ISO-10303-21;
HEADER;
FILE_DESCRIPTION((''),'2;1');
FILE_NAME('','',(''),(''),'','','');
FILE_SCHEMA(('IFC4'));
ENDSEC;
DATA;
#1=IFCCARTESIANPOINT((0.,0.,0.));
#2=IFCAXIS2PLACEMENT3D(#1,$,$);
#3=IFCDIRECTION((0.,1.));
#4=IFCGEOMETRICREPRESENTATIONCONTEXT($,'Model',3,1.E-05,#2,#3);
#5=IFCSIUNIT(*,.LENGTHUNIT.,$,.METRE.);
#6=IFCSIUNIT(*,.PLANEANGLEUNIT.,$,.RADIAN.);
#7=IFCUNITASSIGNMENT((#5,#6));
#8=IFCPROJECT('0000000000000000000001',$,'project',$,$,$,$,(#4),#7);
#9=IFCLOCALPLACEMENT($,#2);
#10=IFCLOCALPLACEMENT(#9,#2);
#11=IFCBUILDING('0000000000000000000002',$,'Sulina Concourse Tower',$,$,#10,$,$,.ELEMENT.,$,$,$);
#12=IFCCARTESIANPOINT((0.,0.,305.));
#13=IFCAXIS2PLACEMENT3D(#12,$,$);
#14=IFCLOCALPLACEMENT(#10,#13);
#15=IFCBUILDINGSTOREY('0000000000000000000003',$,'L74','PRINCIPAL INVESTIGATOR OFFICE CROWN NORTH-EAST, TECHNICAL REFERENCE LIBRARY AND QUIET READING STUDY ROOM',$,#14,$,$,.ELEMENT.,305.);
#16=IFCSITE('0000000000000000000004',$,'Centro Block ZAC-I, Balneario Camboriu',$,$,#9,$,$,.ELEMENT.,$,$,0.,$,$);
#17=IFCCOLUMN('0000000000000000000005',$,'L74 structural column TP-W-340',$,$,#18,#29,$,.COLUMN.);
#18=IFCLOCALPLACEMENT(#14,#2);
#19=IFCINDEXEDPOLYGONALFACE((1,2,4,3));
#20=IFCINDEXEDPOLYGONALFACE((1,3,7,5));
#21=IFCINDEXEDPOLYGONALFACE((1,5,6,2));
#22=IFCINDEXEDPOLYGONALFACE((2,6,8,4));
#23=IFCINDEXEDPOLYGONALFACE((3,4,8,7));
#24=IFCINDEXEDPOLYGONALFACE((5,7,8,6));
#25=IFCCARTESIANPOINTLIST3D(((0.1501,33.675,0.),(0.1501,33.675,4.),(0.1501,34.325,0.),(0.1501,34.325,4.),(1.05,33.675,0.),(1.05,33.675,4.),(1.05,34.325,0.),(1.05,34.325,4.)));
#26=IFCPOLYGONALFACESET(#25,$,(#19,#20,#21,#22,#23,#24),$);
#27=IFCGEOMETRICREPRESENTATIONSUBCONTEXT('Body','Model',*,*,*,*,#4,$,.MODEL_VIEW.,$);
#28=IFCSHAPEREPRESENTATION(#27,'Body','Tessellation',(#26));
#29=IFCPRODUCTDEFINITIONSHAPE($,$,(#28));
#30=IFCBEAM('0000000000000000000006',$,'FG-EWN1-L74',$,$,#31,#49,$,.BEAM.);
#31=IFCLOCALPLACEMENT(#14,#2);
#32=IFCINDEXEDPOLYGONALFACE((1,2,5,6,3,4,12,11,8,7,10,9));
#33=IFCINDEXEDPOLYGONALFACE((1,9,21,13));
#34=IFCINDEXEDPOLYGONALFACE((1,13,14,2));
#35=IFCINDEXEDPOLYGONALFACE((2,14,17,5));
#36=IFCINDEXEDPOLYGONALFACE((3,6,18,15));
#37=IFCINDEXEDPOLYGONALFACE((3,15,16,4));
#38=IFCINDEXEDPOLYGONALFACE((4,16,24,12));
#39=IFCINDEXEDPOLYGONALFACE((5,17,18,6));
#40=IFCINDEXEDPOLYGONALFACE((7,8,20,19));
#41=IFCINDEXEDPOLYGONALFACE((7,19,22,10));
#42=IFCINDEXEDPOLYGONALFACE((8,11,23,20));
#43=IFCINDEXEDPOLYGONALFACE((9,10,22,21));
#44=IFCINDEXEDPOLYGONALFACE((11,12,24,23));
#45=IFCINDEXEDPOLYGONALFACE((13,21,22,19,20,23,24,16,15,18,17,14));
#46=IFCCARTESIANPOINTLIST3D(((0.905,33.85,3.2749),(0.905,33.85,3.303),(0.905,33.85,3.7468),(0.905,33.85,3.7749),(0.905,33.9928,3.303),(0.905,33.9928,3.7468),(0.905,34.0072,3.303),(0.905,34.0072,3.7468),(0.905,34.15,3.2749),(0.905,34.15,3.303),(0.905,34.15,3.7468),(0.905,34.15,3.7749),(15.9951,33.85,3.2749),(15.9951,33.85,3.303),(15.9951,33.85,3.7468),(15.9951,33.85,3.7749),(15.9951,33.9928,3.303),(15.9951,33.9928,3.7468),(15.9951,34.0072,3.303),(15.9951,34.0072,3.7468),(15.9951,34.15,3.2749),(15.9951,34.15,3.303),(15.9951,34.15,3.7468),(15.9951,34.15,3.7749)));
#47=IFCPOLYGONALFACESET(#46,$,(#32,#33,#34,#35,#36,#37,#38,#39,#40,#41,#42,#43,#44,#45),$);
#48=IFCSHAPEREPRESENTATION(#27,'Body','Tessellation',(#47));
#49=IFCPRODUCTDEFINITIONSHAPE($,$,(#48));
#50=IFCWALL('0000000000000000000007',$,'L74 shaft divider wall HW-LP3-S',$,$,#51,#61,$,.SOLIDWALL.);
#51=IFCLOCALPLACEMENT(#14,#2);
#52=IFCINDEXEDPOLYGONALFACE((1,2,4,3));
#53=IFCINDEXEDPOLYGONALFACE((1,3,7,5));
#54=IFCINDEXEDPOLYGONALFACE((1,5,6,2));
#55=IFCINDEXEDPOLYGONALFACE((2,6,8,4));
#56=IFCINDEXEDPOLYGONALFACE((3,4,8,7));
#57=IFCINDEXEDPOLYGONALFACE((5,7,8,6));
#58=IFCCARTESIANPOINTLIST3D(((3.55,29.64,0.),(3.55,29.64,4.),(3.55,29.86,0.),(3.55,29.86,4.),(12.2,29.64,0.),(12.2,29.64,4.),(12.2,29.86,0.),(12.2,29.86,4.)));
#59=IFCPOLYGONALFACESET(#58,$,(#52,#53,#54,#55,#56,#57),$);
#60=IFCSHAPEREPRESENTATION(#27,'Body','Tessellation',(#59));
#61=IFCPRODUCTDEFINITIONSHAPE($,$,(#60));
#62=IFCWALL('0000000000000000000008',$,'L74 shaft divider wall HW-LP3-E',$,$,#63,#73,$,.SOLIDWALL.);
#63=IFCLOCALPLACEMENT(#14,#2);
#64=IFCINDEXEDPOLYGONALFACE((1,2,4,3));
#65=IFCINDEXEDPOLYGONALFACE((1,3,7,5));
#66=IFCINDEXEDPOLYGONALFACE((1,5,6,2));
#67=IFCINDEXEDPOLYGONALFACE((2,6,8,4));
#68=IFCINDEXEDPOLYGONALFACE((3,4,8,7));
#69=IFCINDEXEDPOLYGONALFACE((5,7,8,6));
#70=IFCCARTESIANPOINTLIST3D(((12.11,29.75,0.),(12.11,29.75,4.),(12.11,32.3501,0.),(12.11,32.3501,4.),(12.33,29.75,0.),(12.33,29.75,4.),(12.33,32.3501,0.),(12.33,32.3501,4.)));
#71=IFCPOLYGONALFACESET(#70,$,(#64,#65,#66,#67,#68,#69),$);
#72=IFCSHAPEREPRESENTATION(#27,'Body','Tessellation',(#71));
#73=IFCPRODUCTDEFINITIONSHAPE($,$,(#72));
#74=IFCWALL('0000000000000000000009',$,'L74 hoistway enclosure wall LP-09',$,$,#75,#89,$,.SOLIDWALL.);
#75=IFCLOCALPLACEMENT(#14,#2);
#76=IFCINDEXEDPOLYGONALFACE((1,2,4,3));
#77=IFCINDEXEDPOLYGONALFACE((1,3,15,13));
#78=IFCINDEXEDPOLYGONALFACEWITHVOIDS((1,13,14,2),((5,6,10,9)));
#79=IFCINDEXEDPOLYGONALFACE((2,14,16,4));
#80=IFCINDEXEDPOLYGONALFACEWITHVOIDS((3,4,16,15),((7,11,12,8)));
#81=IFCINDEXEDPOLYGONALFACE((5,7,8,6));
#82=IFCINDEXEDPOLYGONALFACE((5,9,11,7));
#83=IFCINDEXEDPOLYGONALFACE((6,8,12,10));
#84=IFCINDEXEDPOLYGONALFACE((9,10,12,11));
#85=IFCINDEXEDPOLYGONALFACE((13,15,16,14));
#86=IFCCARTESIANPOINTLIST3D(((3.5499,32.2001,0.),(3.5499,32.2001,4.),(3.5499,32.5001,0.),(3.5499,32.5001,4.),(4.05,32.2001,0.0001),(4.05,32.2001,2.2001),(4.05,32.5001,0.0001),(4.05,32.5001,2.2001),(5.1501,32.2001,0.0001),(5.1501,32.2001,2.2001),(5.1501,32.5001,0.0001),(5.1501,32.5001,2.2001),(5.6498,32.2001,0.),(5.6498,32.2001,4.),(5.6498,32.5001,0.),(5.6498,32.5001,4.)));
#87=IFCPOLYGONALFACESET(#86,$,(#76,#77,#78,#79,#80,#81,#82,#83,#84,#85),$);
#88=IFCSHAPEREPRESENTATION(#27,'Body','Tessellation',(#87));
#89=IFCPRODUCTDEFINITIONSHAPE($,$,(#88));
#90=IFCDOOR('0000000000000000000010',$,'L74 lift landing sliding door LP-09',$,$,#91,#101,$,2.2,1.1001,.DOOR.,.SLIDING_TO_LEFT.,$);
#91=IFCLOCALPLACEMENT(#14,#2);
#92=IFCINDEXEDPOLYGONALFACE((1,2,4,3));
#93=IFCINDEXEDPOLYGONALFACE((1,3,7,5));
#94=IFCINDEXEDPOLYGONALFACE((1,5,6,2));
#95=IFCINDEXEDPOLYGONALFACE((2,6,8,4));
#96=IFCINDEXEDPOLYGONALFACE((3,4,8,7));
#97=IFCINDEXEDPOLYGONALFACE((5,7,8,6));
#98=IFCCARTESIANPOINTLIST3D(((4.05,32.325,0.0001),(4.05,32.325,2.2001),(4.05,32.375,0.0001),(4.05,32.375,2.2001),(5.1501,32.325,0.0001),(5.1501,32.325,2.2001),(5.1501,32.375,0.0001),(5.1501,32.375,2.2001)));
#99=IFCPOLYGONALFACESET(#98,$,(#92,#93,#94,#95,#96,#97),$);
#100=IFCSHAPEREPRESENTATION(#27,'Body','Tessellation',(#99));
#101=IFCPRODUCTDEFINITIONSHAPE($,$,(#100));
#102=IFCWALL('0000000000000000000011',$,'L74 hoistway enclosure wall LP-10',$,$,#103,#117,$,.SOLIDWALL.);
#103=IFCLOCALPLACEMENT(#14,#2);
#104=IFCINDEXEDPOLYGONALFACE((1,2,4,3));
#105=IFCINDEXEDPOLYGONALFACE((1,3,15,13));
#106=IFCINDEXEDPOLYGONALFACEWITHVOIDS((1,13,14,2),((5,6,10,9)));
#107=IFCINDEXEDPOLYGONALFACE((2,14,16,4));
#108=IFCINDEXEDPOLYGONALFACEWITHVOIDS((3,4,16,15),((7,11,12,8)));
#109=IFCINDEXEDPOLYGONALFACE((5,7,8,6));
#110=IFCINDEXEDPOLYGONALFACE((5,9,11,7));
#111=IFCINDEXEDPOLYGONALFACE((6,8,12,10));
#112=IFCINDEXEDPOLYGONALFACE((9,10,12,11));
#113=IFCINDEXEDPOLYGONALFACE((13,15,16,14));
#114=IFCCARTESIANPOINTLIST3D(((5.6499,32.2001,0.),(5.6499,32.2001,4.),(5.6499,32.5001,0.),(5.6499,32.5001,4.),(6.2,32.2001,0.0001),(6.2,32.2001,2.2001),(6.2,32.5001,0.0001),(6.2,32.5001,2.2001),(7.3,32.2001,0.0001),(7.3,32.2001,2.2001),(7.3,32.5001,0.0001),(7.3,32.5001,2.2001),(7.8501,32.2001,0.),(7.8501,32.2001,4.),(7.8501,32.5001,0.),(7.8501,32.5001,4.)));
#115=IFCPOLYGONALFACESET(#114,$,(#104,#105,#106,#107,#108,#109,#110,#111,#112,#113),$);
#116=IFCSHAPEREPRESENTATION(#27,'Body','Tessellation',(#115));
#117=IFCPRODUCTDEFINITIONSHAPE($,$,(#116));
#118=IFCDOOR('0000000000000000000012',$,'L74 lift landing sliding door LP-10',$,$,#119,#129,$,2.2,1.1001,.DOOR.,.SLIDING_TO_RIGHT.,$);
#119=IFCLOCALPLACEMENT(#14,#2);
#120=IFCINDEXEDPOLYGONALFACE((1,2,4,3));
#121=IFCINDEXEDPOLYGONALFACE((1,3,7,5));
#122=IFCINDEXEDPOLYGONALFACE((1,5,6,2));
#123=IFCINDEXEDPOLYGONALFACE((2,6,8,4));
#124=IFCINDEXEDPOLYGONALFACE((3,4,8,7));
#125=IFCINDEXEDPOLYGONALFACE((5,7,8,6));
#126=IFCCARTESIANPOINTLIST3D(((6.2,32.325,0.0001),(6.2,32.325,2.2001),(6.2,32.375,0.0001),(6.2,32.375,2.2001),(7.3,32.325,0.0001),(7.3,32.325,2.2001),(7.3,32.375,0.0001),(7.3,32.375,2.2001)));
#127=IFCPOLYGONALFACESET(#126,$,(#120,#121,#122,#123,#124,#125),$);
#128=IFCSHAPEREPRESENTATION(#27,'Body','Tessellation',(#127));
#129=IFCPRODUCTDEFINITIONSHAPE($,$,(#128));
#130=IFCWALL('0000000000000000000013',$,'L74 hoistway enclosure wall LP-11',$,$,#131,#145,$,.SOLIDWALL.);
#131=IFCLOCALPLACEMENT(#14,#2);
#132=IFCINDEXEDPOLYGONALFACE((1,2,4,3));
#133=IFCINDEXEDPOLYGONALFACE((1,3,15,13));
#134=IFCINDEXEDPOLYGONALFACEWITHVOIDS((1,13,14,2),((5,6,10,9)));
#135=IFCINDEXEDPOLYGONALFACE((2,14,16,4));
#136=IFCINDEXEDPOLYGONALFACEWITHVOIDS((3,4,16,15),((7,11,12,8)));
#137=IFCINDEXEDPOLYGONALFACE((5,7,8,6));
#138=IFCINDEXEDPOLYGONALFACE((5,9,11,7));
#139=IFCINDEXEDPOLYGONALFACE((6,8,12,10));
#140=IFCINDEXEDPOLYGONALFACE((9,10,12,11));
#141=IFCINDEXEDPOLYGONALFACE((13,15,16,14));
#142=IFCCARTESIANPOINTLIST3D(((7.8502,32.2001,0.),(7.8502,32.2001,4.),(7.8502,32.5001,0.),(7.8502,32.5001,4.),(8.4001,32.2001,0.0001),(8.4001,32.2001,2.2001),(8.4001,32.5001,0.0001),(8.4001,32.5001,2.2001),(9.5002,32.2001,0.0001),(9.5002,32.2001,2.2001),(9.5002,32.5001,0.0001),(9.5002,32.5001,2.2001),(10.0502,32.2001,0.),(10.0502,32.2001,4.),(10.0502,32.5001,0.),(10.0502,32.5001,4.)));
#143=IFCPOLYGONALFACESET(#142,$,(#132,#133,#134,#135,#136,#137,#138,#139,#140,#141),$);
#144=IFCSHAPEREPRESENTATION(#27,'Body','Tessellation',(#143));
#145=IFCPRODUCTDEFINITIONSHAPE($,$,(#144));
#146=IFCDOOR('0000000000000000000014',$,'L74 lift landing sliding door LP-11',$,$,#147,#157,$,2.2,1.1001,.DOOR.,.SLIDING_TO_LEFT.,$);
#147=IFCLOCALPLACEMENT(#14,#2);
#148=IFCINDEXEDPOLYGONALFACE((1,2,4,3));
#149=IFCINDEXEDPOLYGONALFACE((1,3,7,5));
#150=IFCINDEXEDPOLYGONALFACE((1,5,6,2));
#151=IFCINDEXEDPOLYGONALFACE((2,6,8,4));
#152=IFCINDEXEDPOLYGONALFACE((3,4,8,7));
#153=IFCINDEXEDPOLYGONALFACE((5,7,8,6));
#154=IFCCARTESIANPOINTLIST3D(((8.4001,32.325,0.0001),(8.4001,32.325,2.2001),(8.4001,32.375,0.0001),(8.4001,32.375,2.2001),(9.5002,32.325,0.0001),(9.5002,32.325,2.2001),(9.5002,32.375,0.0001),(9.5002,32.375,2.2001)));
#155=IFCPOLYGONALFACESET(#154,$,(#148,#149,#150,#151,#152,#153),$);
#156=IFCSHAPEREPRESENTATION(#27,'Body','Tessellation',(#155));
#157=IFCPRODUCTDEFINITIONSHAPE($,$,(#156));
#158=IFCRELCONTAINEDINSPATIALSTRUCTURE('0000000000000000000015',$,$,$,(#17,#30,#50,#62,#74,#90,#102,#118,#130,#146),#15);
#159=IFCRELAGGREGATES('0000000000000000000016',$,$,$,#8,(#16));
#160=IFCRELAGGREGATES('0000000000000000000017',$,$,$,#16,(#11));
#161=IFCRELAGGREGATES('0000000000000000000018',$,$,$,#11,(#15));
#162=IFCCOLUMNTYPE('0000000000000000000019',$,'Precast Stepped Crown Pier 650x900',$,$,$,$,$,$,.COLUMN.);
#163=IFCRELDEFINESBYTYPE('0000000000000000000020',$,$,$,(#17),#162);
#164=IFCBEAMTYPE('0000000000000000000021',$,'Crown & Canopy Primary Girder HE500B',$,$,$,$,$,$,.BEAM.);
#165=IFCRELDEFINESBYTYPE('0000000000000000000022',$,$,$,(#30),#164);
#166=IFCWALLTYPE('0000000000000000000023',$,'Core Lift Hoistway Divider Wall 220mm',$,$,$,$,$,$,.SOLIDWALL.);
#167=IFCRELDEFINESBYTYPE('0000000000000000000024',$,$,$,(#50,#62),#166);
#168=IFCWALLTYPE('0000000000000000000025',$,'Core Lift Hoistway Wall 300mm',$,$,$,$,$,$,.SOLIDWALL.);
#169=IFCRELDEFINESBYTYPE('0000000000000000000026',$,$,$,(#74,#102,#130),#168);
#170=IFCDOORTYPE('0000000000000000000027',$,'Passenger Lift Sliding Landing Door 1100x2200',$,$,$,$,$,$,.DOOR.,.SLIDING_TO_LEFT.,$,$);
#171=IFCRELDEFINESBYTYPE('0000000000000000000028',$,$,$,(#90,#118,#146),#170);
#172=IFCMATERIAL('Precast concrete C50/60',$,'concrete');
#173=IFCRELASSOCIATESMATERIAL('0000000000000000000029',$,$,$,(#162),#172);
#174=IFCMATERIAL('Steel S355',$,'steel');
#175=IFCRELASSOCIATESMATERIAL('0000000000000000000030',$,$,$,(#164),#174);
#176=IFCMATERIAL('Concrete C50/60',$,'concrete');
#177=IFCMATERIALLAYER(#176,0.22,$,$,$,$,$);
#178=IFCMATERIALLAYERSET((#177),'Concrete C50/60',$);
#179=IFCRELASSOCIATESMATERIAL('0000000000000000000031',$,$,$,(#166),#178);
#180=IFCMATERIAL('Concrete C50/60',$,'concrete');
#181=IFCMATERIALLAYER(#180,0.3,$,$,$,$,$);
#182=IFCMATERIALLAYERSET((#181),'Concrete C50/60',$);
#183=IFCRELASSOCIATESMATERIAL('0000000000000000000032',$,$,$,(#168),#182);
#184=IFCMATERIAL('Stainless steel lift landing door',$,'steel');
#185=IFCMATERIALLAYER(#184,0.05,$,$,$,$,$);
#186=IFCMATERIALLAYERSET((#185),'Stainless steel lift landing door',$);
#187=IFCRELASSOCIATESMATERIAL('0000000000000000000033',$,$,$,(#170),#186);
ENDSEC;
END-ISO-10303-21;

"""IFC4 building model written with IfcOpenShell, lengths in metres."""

from ifc_helpers import new_model, si_unit, direction, frame, frame_2d, origin, origin_2d, place, context, subcontext, project, spatial, rectangle, i_section, extrude, material, layer, layer_set, material_profile, profile_set, type_object, element, fill, save


model = new_model("IFC4")

# Units and contexts
model_context = context("Model", 3, precision=1e-05, world=origin(), true_north=direction((0.0, 1.0)))
body_context = subcontext(model_context, "Body", "Model", "MODEL_VIEW")
ifc_project = project(units=[si_unit("LENGTHUNIT", "METRE"), si_unit("PLANEANGLEUNIT", "RADIAN")], contexts=[model_context])

# Site, building, storey
site_placement = place(None, origin())
site = spatial("IfcSite", under=ifc_project, at=site_placement, Name="Centro Block ZAC-I, Balneario Camboriu", CompositionType="ELEMENT", RefElevation=0.0)
building_placement = place(site_placement, origin())
building = spatial("IfcBuilding", under=site, at=building_placement, Name="Sulina Concourse Tower", CompositionType="ELEMENT")
storey_placement = place(building_placement, frame((0.0, 0.0, 305.0)))
storey = spatial("IfcBuildingStorey", under=building, at=storey_placement, Name="L74", Description="PRINCIPAL INVESTIGATOR OFFICE CROWN NORTH-EAST, TECHNICAL REFERENCE LIBRARY AND QUIET READING STUDY ROOM", CompositionType="ELEMENT", Elevation=305.0)

# Column
ifc_material_1 = material(Name="Precast concrete C50/60", Category="concrete")
ifc_material_profile_1 = material_profile(ifc_material_1, rectangle(XDim=0.6499, YDim=0.8999, at=origin_2d()), Name="PC 650x900")
ifc_profile_set_1 = profile_set([ifc_material_profile_1], Name="Precast concrete C50/60")
column_type = type_object("IfcColumnType", Name="Precast Stepped Crown Pier 650x900", PredefinedType="COLUMN", material=ifc_profile_set_1)
column_placement = place(storey_placement, frame((0.6001, 34.0, 0.0), z_axis=(0.0, 0.0, 1.0), x_axis=(0.0, 1.0, 0.0)))
element("IfcColumn", 1, at=column_placement, inside=storey, type_object=column_type, Name="L74 structural column TP-W-340", PredefinedType="COLUMN", context=body_context, shape_type="SweptSolid", body=[
    extrude(rectangle(XDim=0.6499, YDim=0.8999, at=origin_2d()), origin(), (0.0, 0.0, 1.0), 4.0),
])

# Beam
ifc_material_2 = material(Name="Steel S355", Category="steel")
ifc_material_profile_2 = material_profile(ifc_material_2, i_section(OverallWidth=0.3, OverallDepth=0.5, WebThickness=0.0144, FlangeThickness=0.0281, at=origin_2d()), Name="HE 500 B")
ifc_profile_set_2 = profile_set([ifc_material_profile_2], Name="Steel S355")
beam_type = type_object("IfcBeamType", Name="Crown & Canopy Primary Girder HE500B", PredefinedType="BEAM", material=ifc_profile_set_2)
beam_placement = place(storey_placement, frame((0.905, 34.0, 3.5249), z_axis=(1.0, 0.0, 0.0), x_axis=(0.0, 1.0, 0.0)))
element("IfcBeam", 2, at=beam_placement, inside=storey, type_object=beam_type, Name="FG-EWN1-L74", PredefinedType="BEAM", context=body_context, shape_type="SweptSolid", body=[
    extrude(i_section(OverallWidth=0.3, OverallDepth=0.5, WebThickness=0.0144, FlangeThickness=0.0281, at=origin_2d()), origin(), (0.0, 0.0, 1.0), 15.0901),
])

# Walls
ifc_material_3 = material(Name="Concrete C50/60", Category="concrete")
ifc_layer_1 = layer(ifc_material_3, 0.22)
ifc_layer_set_1 = layer_set([ifc_layer_1], Name="Concrete C50/60")
wall_type_1 = type_object("IfcWallType", Name="Core Lift Hoistway Divider Wall 220mm", PredefinedType="SOLIDWALL", material=ifc_layer_set_1)
wall_1_placement = place(storey_placement, frame((3.55, 29.75, 0.0), z_axis=(0.0, 0.0, 1.0), x_axis=(1.0, 0.0, 0.0)))
element("IfcWall", 3, at=wall_1_placement, inside=storey, type_object=wall_type_1, Name="L74 shaft divider wall HW-LP3-S", PredefinedType="SOLIDWALL", context=body_context, shape_type="SweptSolid", body=[
    extrude(rectangle(XDim=8.6499, YDim=0.22, at=frame_2d((4.325, 0.0))), origin(), (0.0, 0.0, 1.0), 4.0),
])
wall_2_placement = place(storey_placement, frame((12.22, 29.75, 0.0), z_axis=(0.0, 0.0, 1.0), x_axis=(0.0, 1.0, 0.0)))
element("IfcWall", 4, at=wall_2_placement, inside=storey, type_object=wall_type_1, Name="L74 shaft divider wall HW-LP3-E", PredefinedType="SOLIDWALL", context=body_context, shape_type="SweptSolid", body=[
    extrude(rectangle(XDim=2.6001, YDim=0.22, at=frame_2d((1.3, 0.0))), origin(), (0.0, 0.0, 1.0), 4.0),
])

# Walls, openings, doors
ifc_material_4 = material(Name="Concrete C50/60", Category="concrete")
ifc_layer_2 = layer(ifc_material_4, 0.3)
ifc_layer_set_2 = layer_set([ifc_layer_2], Name="Concrete C50/60")
wall_type_2 = type_object("IfcWallType", Name="Core Lift Hoistway Wall 300mm", PredefinedType="SOLIDWALL", material=ifc_layer_set_2)
wall_3_placement = place(storey_placement, frame((3.55, 32.3501, 0.0), z_axis=(0.0, 0.0, 1.0), x_axis=(1.0, 0.0, 0.0)))
wall_3 = element("IfcWall", 5, at=wall_3_placement, inside=storey, type_object=wall_type_2, Name="L74 hoistway enclosure wall LP-09", PredefinedType="SOLIDWALL", context=body_context, shape_type="SweptSolid", body=[
    extrude(rectangle(XDim=2.0999, YDim=0.3, at=frame_2d((1.0498, 0.0))), origin(), (0.0, 0.0, 1.0), 4.0),
])
opening_1_placement = place(wall_3_placement, frame((0.5, 0.0, 0.0)))
opening_1 = element("IfcOpeningElement", 6, at=opening_1_placement, cuts=wall_3, PredefinedType="OPENING", context=body_context, shape_type="SweptSolid", body=[
    extrude(rectangle(XDim=1.1001, YDim=2.2, at=frame_2d((0.55, 1.1001))), frame((0.0, 0.1599, 0.0), z_axis=(0.0, -1.0, 0.0), x_axis=(1.0, 0.0, 0.0)), (0.0, 0.0, 1.0), 0.3201),
])
ifc_material_5 = material(Name="Stainless steel lift landing door", Category="steel")
ifc_layer_3 = layer(ifc_material_5, 0.05)
ifc_layer_set_3 = layer_set([ifc_layer_3], Name="Stainless steel lift landing door")
door_type_1 = type_object("IfcDoorType", Name="Passenger Lift Sliding Landing Door 1100x2200", OperationType="SLIDING_TO_LEFT", PredefinedType="DOOR", material=ifc_layer_set_3)
door_1_placement = place(opening_1_placement, origin())
door_1 = element("IfcDoor", 7, at=door_1_placement, inside=storey, type_object=door_type_1, Name="L74 lift landing sliding door LP-09", OperationType="SLIDING_TO_LEFT", OverallHeight=2.2, OverallWidth=1.1001, PredefinedType="DOOR", context=body_context, shape_type="SweptSolid", body=[
    extrude(rectangle(XDim=1.1001, YDim=2.2, at=frame_2d((0.55, 1.1001))), frame((0.0, 0.0249, 0.0), z_axis=(0.0, -1.0, 0.0), x_axis=(1.0, 0.0, 0.0)), (0.0, 0.0, 1.0), 0.05),
])
fill(opening_1, door_1)
wall_4_placement = place(storey_placement, frame((5.6499, 32.3501, 0.0), z_axis=(0.0, 0.0, 1.0), x_axis=(1.0, 0.0, 0.0)))
wall_4 = element("IfcWall", 8, at=wall_4_placement, inside=storey, type_object=wall_type_2, Name="L74 hoistway enclosure wall LP-10", PredefinedType="SOLIDWALL", context=body_context, shape_type="SweptSolid", body=[
    extrude(rectangle(XDim=2.2002, YDim=0.3, at=frame_2d((1.1001, 0.0))), origin(), (0.0, 0.0, 1.0), 4.0),
])
opening_2_placement = place(wall_4_placement, frame((0.55, 0.0, 0.0)))
opening_2 = element("IfcOpeningElement", 9, at=opening_2_placement, cuts=wall_4, PredefinedType="OPENING", context=body_context, shape_type="SweptSolid", body=[
    extrude(rectangle(XDim=1.1001, YDim=2.2, at=frame_2d((0.55, 1.1001))), frame((0.0, 0.1599, 0.0), z_axis=(0.0, -1.0, 0.0), x_axis=(1.0, 0.0, 0.0)), (0.0, 0.0, 1.0), 0.3201),
])
door_2_placement = place(opening_2_placement, origin())
door_2 = element("IfcDoor", 10, at=door_2_placement, inside=storey, type_object=door_type_1, Name="L74 lift landing sliding door LP-10", OperationType="SLIDING_TO_RIGHT", OverallHeight=2.2, OverallWidth=1.1001, PredefinedType="DOOR", context=body_context, shape_type="SweptSolid", body=[
    extrude(rectangle(XDim=1.1001, YDim=2.2, at=frame_2d((0.55, 1.1001))), frame((0.0, 0.0249, 0.0), z_axis=(0.0, -1.0, 0.0), x_axis=(1.0, 0.0, 0.0)), (0.0, 0.0, 1.0), 0.05),
])
fill(opening_2, door_2)
wall_5_placement = place(storey_placement, frame((7.8501, 32.3501, 0.0), z_axis=(0.0, 0.0, 1.0), x_axis=(1.0, 0.0, 0.0)))
wall_5 = element("IfcWall", 11, at=wall_5_placement, inside=storey, type_object=wall_type_2, Name="L74 hoistway enclosure wall LP-11", PredefinedType="SOLIDWALL", context=body_context, shape_type="SweptSolid", body=[
    extrude(rectangle(XDim=2.2, YDim=0.3, at=frame_2d((1.1001, 0.0))), origin(), (0.0, 0.0, 1.0), 4.0),
])
opening_3_placement = place(wall_5_placement, frame((0.55, 0.0, 0.0)))
opening_3 = element("IfcOpeningElement", 12, at=opening_3_placement, cuts=wall_5, PredefinedType="OPENING", context=body_context, shape_type="SweptSolid", body=[
    extrude(rectangle(XDim=1.1001, YDim=2.2, at=frame_2d((0.55, 1.1001))), frame((0.0, 0.1599, 0.0), z_axis=(0.0, -1.0, 0.0), x_axis=(1.0, 0.0, 0.0)), (0.0, 0.0, 1.0), 0.3201),
])
door_3_placement = place(opening_3_placement, origin())
door_3 = element("IfcDoor", 13, at=door_3_placement, inside=storey, type_object=door_type_1, Name="L74 lift landing sliding door LP-11", OperationType="SLIDING_TO_LEFT", OverallHeight=2.2, OverallWidth=1.1001, PredefinedType="DOOR", context=body_context, shape_type="SweptSolid", body=[
    extrude(rectangle(XDim=1.1001, YDim=2.2, at=frame_2d((0.55, 1.1001))), frame((0.0, 0.0249, 0.0), z_axis=(0.0, -1.0, 0.0), x_axis=(1.0, 0.0, 0.0)), (0.0, 0.0, 1.0), 0.05),
])
fill(opening_3, door_3)

save(model, "model.ifc")
